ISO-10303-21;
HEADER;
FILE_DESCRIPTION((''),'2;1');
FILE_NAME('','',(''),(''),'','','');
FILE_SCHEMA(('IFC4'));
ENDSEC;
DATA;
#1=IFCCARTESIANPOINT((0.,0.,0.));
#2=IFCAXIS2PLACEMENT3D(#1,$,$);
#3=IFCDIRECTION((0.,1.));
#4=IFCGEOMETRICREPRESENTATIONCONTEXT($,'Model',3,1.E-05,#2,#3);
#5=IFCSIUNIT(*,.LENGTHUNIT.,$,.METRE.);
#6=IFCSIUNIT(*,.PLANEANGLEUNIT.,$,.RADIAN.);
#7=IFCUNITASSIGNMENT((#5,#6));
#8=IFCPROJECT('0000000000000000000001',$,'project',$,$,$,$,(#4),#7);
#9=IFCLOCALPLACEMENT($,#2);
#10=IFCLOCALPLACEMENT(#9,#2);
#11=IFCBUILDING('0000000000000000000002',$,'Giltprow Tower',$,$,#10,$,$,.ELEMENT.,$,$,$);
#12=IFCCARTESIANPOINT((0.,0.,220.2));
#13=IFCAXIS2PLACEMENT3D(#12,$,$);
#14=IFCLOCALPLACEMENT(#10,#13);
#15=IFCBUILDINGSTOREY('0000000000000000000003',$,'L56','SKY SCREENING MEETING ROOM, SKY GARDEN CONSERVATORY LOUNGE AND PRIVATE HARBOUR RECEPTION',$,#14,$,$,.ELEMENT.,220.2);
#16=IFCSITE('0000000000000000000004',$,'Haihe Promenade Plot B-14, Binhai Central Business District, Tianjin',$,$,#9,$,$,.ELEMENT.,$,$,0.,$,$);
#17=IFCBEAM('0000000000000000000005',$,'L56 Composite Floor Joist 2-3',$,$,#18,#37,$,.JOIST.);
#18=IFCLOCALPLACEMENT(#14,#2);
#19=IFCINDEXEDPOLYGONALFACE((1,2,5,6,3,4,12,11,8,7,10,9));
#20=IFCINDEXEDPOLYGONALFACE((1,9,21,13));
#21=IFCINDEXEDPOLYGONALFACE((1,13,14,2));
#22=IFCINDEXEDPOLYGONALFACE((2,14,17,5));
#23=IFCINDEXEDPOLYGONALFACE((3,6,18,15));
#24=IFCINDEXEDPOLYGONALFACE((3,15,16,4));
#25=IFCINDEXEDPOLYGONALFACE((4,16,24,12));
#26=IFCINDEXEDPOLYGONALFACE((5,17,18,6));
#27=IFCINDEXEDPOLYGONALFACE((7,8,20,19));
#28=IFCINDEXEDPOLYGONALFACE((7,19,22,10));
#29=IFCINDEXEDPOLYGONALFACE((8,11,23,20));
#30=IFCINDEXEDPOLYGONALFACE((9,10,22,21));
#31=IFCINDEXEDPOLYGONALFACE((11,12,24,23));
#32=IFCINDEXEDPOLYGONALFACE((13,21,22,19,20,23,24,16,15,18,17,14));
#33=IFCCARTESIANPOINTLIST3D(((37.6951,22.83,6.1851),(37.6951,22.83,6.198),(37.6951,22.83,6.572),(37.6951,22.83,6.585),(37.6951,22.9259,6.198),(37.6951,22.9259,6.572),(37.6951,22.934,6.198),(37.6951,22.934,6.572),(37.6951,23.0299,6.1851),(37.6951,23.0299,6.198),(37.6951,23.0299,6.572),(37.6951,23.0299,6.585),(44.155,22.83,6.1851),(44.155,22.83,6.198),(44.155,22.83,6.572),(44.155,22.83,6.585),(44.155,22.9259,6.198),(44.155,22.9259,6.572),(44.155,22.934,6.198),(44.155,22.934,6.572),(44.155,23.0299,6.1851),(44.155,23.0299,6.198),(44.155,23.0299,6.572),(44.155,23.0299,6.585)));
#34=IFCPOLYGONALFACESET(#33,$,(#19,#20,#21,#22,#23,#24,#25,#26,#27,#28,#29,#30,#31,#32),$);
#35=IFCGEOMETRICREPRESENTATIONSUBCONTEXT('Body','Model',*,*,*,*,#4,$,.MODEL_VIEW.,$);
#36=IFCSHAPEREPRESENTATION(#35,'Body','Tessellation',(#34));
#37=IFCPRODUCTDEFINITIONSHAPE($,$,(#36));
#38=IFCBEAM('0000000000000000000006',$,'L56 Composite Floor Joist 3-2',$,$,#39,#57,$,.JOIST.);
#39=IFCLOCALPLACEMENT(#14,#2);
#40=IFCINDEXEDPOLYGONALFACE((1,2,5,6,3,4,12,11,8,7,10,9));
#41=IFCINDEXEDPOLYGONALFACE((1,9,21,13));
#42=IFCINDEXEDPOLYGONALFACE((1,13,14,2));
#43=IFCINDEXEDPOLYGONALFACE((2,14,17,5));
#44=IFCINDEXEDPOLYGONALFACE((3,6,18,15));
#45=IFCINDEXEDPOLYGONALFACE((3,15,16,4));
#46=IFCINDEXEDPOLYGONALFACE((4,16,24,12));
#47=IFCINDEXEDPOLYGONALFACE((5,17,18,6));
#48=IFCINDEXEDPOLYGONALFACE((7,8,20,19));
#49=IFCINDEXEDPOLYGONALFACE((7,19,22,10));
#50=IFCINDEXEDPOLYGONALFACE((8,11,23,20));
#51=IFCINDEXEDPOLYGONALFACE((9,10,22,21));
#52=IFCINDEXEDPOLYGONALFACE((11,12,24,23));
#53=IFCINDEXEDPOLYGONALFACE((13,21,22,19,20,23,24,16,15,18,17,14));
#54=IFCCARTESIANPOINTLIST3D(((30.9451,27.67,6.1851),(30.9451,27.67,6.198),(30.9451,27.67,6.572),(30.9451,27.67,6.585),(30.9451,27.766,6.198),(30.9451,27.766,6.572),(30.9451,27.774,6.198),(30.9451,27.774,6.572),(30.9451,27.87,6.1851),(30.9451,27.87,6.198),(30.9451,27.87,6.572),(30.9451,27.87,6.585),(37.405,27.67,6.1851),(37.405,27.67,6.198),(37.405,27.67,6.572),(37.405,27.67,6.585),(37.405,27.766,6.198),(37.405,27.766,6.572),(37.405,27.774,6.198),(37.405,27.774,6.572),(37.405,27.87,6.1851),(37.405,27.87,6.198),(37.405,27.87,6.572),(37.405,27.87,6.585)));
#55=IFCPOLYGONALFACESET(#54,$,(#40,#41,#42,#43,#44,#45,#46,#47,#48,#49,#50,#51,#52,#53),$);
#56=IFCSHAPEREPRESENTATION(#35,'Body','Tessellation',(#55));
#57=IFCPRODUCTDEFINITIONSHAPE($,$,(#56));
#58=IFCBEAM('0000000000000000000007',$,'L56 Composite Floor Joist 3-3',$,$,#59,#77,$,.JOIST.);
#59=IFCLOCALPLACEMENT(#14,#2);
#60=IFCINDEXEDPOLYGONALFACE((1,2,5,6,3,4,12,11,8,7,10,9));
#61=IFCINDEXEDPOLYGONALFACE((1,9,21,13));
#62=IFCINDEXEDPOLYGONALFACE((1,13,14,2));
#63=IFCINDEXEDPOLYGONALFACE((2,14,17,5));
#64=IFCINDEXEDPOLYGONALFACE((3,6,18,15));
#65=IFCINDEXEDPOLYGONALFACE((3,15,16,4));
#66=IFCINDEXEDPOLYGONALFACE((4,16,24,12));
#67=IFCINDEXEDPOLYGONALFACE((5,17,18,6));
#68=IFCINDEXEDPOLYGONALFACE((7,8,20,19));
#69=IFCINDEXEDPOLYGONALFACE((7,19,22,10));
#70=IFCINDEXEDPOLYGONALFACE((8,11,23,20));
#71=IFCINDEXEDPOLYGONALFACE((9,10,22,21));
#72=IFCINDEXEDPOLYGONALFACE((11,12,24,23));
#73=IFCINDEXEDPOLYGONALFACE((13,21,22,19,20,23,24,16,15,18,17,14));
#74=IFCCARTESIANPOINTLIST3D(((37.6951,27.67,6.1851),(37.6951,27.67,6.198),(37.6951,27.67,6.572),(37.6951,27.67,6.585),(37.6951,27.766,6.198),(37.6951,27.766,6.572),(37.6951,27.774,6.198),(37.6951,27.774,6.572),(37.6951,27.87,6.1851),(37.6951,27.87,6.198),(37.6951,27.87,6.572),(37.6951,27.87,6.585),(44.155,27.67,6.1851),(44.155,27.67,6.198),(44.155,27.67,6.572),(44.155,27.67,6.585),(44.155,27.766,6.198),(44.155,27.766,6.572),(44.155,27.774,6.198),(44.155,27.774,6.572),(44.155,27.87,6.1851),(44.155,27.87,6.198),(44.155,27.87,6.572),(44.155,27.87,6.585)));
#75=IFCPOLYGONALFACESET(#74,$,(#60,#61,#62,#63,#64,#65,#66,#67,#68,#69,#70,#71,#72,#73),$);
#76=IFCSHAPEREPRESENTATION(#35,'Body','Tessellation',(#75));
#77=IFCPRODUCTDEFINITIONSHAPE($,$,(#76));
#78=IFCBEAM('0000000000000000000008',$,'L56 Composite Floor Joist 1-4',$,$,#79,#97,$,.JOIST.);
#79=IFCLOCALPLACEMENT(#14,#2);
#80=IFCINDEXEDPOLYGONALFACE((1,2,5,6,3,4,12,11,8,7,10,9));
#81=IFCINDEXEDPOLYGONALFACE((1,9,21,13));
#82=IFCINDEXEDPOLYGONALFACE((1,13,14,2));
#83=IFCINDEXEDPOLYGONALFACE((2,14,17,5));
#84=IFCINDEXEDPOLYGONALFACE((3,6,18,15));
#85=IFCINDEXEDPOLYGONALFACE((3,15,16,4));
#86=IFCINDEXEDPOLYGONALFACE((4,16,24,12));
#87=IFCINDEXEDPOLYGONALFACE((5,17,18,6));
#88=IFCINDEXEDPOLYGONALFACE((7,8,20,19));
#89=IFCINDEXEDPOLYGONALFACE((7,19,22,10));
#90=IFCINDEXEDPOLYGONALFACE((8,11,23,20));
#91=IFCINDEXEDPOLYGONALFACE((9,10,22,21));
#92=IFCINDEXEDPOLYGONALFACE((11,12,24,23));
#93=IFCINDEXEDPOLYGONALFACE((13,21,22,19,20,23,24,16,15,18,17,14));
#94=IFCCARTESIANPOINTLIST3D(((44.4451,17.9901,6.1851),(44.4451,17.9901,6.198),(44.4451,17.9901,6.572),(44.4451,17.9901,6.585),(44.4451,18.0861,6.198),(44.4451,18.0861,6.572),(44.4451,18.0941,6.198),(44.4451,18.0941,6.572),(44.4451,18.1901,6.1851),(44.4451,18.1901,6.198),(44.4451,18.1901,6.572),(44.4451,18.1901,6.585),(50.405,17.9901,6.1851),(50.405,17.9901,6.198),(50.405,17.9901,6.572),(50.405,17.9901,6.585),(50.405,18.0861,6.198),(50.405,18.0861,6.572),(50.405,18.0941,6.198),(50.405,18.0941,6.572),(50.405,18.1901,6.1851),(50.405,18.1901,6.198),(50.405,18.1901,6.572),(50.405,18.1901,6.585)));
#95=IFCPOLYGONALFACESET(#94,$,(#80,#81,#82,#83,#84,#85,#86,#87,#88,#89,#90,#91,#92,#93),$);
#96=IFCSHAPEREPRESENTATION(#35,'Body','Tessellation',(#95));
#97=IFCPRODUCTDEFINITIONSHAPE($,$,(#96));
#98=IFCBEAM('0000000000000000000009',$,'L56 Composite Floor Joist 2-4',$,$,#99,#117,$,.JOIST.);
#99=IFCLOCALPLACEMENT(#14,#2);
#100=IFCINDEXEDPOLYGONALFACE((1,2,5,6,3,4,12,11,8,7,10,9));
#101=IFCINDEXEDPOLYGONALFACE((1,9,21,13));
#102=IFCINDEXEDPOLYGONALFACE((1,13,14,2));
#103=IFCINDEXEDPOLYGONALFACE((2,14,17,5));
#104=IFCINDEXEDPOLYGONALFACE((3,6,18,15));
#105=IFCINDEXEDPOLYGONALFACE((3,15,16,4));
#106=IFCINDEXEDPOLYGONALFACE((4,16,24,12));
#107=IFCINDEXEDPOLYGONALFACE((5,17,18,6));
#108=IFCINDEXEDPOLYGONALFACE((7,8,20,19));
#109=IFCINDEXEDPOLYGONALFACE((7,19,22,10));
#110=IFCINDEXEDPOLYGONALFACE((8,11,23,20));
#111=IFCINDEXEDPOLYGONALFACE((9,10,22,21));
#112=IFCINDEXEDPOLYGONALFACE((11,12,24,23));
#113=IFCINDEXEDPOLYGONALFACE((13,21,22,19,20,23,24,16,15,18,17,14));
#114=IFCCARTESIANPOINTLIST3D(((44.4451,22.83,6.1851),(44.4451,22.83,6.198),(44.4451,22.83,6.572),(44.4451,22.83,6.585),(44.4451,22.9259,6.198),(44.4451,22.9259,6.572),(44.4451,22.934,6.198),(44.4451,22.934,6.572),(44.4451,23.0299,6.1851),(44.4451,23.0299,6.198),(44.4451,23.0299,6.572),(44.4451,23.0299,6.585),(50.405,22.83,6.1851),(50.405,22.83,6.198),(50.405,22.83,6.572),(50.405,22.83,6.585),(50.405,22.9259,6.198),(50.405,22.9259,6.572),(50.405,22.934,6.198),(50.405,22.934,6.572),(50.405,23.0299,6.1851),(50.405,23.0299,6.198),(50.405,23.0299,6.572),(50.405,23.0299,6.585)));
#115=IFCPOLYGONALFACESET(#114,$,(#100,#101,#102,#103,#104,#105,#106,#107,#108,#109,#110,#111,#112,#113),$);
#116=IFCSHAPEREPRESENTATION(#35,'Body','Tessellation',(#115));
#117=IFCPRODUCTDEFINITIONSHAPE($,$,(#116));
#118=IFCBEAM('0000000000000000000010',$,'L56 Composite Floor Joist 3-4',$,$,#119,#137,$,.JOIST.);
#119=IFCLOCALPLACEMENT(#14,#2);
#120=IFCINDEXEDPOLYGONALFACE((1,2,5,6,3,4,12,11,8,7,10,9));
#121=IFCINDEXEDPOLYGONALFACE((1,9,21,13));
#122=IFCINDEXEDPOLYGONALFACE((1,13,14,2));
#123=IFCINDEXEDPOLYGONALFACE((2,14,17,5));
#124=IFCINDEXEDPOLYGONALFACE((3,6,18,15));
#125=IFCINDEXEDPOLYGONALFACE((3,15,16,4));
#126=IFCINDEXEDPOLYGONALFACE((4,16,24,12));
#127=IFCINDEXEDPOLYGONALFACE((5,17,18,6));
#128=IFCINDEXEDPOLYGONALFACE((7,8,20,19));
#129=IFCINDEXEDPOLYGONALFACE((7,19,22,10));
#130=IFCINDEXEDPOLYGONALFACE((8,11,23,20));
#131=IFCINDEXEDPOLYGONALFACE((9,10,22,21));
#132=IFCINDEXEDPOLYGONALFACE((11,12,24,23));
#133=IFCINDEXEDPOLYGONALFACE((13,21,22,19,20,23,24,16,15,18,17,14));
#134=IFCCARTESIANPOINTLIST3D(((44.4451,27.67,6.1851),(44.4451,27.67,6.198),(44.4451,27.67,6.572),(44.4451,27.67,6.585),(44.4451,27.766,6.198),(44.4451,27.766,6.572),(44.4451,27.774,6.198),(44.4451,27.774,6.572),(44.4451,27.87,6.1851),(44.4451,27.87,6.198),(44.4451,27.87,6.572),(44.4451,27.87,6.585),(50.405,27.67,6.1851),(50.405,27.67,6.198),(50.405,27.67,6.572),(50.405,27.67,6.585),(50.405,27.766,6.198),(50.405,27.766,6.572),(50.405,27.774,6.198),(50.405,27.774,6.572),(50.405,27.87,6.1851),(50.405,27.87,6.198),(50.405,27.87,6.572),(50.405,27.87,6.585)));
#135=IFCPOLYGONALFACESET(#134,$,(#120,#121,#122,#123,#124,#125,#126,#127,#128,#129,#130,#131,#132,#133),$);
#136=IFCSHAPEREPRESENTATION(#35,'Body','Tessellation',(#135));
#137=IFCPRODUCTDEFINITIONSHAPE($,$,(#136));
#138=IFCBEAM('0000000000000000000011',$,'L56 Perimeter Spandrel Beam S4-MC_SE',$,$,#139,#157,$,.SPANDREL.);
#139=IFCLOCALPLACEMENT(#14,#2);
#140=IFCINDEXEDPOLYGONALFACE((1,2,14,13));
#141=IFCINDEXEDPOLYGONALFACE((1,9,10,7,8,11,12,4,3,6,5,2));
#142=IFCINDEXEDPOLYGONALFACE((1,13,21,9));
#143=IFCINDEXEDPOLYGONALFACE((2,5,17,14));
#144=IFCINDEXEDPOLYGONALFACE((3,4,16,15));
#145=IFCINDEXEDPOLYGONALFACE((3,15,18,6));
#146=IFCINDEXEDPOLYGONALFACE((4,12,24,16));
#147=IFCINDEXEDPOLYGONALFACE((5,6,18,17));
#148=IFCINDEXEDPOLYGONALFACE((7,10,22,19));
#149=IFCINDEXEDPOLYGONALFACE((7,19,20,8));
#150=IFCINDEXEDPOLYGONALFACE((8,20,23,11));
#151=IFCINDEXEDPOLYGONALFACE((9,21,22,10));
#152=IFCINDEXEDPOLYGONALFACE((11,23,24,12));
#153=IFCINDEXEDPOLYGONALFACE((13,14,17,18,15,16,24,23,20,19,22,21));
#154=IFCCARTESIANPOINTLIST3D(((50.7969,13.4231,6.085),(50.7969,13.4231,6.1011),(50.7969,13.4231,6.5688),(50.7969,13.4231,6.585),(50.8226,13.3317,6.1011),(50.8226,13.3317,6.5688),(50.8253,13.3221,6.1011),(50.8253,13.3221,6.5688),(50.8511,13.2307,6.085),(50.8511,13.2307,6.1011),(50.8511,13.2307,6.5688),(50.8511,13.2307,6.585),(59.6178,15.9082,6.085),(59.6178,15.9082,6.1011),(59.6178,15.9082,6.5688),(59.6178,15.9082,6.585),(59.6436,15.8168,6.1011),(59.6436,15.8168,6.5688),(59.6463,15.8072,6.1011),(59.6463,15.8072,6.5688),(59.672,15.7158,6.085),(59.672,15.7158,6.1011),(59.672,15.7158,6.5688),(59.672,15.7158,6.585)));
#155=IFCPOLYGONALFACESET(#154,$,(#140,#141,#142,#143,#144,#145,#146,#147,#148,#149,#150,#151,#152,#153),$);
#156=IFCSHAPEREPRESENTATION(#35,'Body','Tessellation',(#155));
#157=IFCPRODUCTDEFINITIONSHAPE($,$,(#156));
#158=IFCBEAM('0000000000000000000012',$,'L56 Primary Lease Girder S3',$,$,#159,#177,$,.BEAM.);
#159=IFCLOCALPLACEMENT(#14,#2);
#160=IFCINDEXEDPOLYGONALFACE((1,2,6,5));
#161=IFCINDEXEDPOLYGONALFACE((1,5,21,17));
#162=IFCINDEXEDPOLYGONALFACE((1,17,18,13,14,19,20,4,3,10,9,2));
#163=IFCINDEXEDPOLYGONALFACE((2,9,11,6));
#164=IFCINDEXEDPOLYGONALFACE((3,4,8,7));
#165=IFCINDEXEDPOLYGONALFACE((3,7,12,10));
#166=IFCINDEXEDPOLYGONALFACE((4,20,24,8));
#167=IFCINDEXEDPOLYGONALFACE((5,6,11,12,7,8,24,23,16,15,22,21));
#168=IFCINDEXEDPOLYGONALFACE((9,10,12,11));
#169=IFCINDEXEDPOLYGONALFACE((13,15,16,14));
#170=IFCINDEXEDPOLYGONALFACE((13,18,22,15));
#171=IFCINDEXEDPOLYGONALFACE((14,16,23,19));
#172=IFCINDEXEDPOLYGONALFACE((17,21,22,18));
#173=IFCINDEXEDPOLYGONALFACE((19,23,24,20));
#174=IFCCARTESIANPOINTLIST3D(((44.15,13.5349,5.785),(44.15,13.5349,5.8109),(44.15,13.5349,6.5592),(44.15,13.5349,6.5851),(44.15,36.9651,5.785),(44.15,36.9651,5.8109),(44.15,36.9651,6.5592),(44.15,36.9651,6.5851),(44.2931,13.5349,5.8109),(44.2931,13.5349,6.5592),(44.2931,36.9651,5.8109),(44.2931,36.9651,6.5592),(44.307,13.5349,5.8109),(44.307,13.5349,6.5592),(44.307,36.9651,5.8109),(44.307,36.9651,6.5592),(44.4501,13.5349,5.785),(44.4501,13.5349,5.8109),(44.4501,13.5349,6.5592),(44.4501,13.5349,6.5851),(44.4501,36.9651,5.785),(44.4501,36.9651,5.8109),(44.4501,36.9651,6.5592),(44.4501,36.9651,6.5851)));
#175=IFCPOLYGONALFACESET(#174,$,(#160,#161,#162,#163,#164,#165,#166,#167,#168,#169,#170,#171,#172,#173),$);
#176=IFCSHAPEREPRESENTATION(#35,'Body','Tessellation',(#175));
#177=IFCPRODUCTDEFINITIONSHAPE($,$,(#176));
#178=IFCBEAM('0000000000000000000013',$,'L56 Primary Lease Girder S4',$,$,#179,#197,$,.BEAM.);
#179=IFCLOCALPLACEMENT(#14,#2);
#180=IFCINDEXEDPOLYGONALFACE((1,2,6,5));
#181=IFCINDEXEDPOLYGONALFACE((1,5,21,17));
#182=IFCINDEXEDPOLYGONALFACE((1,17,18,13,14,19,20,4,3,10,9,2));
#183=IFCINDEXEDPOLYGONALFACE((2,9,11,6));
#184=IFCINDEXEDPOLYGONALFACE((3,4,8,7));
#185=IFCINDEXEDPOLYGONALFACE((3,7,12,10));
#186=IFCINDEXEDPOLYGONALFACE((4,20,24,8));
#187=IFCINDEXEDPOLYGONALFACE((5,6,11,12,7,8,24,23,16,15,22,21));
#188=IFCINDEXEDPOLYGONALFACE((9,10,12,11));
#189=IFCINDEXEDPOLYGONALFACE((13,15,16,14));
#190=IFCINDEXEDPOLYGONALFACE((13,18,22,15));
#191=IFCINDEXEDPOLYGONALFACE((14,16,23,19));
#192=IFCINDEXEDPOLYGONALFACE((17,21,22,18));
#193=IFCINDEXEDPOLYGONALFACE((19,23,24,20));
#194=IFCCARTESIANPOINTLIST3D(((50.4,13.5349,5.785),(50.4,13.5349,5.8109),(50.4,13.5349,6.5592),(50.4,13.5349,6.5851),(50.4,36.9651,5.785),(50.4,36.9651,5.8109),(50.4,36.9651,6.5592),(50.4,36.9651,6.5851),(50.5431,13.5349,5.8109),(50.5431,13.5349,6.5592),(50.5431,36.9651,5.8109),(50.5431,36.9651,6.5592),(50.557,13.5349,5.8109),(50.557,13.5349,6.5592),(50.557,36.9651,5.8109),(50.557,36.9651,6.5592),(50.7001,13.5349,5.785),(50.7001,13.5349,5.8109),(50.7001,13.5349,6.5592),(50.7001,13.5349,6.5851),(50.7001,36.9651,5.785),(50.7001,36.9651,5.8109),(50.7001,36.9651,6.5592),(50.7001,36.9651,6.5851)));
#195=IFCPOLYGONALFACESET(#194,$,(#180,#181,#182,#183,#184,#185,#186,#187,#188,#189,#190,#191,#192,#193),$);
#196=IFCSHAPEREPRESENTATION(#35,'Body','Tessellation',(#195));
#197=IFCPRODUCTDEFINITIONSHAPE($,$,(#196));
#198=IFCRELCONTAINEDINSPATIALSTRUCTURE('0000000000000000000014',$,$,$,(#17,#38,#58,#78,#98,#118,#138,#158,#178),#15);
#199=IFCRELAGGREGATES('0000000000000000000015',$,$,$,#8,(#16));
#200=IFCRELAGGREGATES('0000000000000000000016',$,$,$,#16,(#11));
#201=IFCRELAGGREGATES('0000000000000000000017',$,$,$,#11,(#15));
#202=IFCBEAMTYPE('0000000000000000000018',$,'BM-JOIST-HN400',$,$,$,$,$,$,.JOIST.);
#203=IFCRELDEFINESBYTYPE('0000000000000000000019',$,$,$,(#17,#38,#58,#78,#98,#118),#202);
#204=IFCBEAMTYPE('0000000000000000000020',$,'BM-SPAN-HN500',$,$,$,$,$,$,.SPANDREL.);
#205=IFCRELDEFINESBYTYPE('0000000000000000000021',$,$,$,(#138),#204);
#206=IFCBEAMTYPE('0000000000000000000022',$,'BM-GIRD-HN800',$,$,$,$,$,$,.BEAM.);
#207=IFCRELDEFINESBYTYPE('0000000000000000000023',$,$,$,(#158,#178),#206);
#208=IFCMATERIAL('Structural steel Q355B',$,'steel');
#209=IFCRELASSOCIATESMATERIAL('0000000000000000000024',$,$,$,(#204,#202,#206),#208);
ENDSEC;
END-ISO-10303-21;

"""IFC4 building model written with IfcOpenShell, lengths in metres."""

from ifc_helpers import new_model, si_unit, direction, frame, origin, origin_2d, place, context, subcontext, project, spatial, i_section, extrude, source, transform, mapped, material, material_profile, profile_set, type_object, element, save


model = new_model("IFC4")

# Units and contexts
model_context = context("Model", 3, precision=1e-05, world=origin(), true_north=direction((0.0, 1.0)))
body_context = subcontext(model_context, "Body", "Model", "MODEL_VIEW")
ifc_project = project(units=[si_unit("LENGTHUNIT", "METRE"), si_unit("PLANEANGLEUNIT", "RADIAN")], contexts=[model_context])

# Site, building, storey
site_placement = place(None, origin())
site = spatial("IfcSite", under=ifc_project, at=site_placement, Name="Haihe Promenade Plot B-14, Binhai Central Business District, Tianjin", CompositionType="ELEMENT", RefElevation=0.0)
building_placement = place(site_placement, origin())
building = spatial("IfcBuilding", under=site, at=building_placement, Name="Giltprow Tower", CompositionType="ELEMENT")
storey_placement = place(building_placement, frame((0.0, 0.0, 220.2)))
storey = spatial("IfcBuildingStorey", under=building, at=storey_placement, Name="L56", Description="SKY SCREENING MEETING ROOM, SKY GARDEN CONSERVATORY LOUNGE AND PRIVATE HARBOUR RECEPTION", CompositionType="ELEMENT", Elevation=220.2)

# Shared definitions
ifc_material_1 = material(Name="Structural steel Q355B", Category="steel")

# Beams
ifc_material_profile_1 = material_profile(ifc_material_1, i_section(OverallWidth=0.2, OverallDepth=0.5, WebThickness=0.01, FlangeThickness=0.0161, at=origin_2d()), Name="HN 500x200x10x16")
ifc_profile_set_1 = profile_set([ifc_material_profile_1], Name="Structural steel Q355B")
beam_type_1 = type_object("IfcBeamType", Name="BM-SPAN-HN500", PredefinedType="SPANDREL", material=ifc_profile_set_1)
ifc_material_profile_2 = material_profile(ifc_material_1, i_section(OverallWidth=0.2, OverallDepth=0.3999, WebThickness=0.0081, FlangeThickness=0.0129, at=origin_2d()), Name="HN 400x200x8x13")
ifc_profile_set_2 = profile_set([ifc_material_profile_2], Name="Structural steel Q355B")
beam_type_2 = type_object("IfcBeamType", Name="BM-JOIST-HN400", PredefinedType="JOIST", material=ifc_profile_set_2)
shared_shape_1 = source(origin(), body_context, "Body", "SweptSolid", [
    extrude(i_section(OverallWidth=0.2, OverallDepth=0.3999, WebThickness=0.0081, FlangeThickness=0.0129, at=origin_2d()), origin(), (0.0, 0.0, 1.0), 6.46),
])
for number, where, z_axis, x_axis, name in (
    (1, (37.6951, 22.9299, 6.385), (1.0, 0.0, 0.0), (0.0, 1.0, 0.0), "L56 Composite Floor Joist 2-3"),
    (2, (30.9451, 27.77, 6.385), (1.0, 0.0, 0.0), (0.0, 1.0, 0.0), "L56 Composite Floor Joist 3-2"),
    (3, (37.6951, 27.77, 6.385), (1.0, 0.0, 0.0), (0.0, 1.0, 0.0), "L56 Composite Floor Joist 3-3"),
):
    element("IfcBeam", number, at=place(storey_placement, frame(where, z_axis=z_axis, x_axis=x_axis)), inside=storey, type_object=beam_type_2, Name=name, PredefinedType="JOIST", context=body_context, shape_type="MappedRepresentation", body=[
        mapped(shared_shape_1, transform((0.0, 0.0, 0.0), x_axis=(1.0, 0.0, 0.0), y_axis=(0.0, 1.0, 0.0), z_axis=(0.0, 0.0, 1.0), scale=1.0)),
    ])
shared_shape_2 = source(origin(), body_context, "Body", "SweptSolid", [
    extrude(i_section(OverallWidth=0.2, OverallDepth=0.3999, WebThickness=0.0081, FlangeThickness=0.0129, at=origin_2d()), origin(), (0.0, 0.0, 1.0), 5.96),
])
for number, where, z_axis, x_axis, name in (
    (4, (44.4451, 18.0901, 6.385), (1.0, 0.0, 0.0), (0.0, 1.0, 0.0), "L56 Composite Floor Joist 1-4"),
    (5, (44.4451, 22.9299, 6.385), (1.0, 0.0, 0.0), (0.0, 1.0, 0.0), "L56 Composite Floor Joist 2-4"),
    (6, (44.4451, 27.77, 6.385), (1.0, 0.0, 0.0), (0.0, 1.0, 0.0), "L56 Composite Floor Joist 3-4"),
):
    element("IfcBeam", number, at=place(storey_placement, frame(where, z_axis=z_axis, x_axis=x_axis)), inside=storey, type_object=beam_type_2, Name=name, PredefinedType="JOIST", context=body_context, shape_type="MappedRepresentation", body=[
        mapped(shared_shape_2, transform((0.0, 0.0, 0.0), x_axis=(1.0, 0.0, 0.0), y_axis=(0.0, 1.0, 0.0), z_axis=(0.0, 0.0, 1.0), scale=1.0)),
    ])
shared_shape_3 = source(origin(), body_context, "Body", "SweptSolid", [
    extrude(i_section(OverallWidth=0.2, OverallDepth=0.5, WebThickness=0.01, FlangeThickness=0.0161, at=origin_2d()), origin(), (0.0, 0.0, 1.0), 9.1643),
])
beam_1_placement = place(storey_placement, frame((50.824, 13.3269, 6.335), z_axis=(0.962532, 0.271169, 0.0), x_axis=(-0.271169, 0.962532, 0.0)))
element("IfcBeam", 7, at=beam_1_placement, inside=storey, type_object=beam_type_1, Name="L56 Perimeter Spandrel Beam S4-MC_SE", PredefinedType="SPANDREL", context=body_context, shape_type="MappedRepresentation", body=[
    mapped(shared_shape_3, transform((0.0, 0.0, 0.0), x_axis=(1.0, 0.0, 0.0), y_axis=(0.0, 1.0, 0.0), z_axis=(0.0, 0.0, 1.0), scale=1.0)),
])
ifc_material_profile_3 = material_profile(ifc_material_1, i_section(OverallWidth=0.3, OverallDepth=0.8, WebThickness=0.0139, FlangeThickness=0.0259, at=origin_2d()), Name="HN 800x300x14x26")
ifc_profile_set_3 = profile_set([ifc_material_profile_3], Name="Structural steel Q355B")
beam_type_3 = type_object("IfcBeamType", Name="BM-GIRD-HN800", PredefinedType="BEAM", material=ifc_profile_set_3)
shared_shape_4 = source(origin(), body_context, "Body", "SweptSolid", [
    extrude(i_section(OverallWidth=0.3, OverallDepth=0.8, WebThickness=0.0139, FlangeThickness=0.0259, at=origin_2d()), origin(), (0.0, 0.0, 1.0), 23.4302),
])
for number, where, z_axis, x_axis, name in (
    (8, (44.3, 13.5349, 6.1851), (0.0, 1.0, 0.0), (-1.0, 0.0, 0.0), "L56 Primary Lease Girder S3"),
    (9, (50.55, 13.5349, 6.1851), (0.0, 1.0, 0.0), (-1.0, 0.0, 0.0), "L56 Primary Lease Girder S4"),
):
    element("IfcBeam", number, at=place(storey_placement, frame(where, z_axis=z_axis, x_axis=x_axis)), inside=storey, type_object=beam_type_3, Name=name, PredefinedType="BEAM", context=body_context, shape_type="MappedRepresentation", body=[
        mapped(shared_shape_4, transform((0.0, 0.0, 0.0), x_axis=(1.0, 0.0, 0.0), y_axis=(0.0, 1.0, 0.0), z_axis=(0.0, 0.0, 1.0), scale=1.0)),
    ])

save(model, "model.ifc")
